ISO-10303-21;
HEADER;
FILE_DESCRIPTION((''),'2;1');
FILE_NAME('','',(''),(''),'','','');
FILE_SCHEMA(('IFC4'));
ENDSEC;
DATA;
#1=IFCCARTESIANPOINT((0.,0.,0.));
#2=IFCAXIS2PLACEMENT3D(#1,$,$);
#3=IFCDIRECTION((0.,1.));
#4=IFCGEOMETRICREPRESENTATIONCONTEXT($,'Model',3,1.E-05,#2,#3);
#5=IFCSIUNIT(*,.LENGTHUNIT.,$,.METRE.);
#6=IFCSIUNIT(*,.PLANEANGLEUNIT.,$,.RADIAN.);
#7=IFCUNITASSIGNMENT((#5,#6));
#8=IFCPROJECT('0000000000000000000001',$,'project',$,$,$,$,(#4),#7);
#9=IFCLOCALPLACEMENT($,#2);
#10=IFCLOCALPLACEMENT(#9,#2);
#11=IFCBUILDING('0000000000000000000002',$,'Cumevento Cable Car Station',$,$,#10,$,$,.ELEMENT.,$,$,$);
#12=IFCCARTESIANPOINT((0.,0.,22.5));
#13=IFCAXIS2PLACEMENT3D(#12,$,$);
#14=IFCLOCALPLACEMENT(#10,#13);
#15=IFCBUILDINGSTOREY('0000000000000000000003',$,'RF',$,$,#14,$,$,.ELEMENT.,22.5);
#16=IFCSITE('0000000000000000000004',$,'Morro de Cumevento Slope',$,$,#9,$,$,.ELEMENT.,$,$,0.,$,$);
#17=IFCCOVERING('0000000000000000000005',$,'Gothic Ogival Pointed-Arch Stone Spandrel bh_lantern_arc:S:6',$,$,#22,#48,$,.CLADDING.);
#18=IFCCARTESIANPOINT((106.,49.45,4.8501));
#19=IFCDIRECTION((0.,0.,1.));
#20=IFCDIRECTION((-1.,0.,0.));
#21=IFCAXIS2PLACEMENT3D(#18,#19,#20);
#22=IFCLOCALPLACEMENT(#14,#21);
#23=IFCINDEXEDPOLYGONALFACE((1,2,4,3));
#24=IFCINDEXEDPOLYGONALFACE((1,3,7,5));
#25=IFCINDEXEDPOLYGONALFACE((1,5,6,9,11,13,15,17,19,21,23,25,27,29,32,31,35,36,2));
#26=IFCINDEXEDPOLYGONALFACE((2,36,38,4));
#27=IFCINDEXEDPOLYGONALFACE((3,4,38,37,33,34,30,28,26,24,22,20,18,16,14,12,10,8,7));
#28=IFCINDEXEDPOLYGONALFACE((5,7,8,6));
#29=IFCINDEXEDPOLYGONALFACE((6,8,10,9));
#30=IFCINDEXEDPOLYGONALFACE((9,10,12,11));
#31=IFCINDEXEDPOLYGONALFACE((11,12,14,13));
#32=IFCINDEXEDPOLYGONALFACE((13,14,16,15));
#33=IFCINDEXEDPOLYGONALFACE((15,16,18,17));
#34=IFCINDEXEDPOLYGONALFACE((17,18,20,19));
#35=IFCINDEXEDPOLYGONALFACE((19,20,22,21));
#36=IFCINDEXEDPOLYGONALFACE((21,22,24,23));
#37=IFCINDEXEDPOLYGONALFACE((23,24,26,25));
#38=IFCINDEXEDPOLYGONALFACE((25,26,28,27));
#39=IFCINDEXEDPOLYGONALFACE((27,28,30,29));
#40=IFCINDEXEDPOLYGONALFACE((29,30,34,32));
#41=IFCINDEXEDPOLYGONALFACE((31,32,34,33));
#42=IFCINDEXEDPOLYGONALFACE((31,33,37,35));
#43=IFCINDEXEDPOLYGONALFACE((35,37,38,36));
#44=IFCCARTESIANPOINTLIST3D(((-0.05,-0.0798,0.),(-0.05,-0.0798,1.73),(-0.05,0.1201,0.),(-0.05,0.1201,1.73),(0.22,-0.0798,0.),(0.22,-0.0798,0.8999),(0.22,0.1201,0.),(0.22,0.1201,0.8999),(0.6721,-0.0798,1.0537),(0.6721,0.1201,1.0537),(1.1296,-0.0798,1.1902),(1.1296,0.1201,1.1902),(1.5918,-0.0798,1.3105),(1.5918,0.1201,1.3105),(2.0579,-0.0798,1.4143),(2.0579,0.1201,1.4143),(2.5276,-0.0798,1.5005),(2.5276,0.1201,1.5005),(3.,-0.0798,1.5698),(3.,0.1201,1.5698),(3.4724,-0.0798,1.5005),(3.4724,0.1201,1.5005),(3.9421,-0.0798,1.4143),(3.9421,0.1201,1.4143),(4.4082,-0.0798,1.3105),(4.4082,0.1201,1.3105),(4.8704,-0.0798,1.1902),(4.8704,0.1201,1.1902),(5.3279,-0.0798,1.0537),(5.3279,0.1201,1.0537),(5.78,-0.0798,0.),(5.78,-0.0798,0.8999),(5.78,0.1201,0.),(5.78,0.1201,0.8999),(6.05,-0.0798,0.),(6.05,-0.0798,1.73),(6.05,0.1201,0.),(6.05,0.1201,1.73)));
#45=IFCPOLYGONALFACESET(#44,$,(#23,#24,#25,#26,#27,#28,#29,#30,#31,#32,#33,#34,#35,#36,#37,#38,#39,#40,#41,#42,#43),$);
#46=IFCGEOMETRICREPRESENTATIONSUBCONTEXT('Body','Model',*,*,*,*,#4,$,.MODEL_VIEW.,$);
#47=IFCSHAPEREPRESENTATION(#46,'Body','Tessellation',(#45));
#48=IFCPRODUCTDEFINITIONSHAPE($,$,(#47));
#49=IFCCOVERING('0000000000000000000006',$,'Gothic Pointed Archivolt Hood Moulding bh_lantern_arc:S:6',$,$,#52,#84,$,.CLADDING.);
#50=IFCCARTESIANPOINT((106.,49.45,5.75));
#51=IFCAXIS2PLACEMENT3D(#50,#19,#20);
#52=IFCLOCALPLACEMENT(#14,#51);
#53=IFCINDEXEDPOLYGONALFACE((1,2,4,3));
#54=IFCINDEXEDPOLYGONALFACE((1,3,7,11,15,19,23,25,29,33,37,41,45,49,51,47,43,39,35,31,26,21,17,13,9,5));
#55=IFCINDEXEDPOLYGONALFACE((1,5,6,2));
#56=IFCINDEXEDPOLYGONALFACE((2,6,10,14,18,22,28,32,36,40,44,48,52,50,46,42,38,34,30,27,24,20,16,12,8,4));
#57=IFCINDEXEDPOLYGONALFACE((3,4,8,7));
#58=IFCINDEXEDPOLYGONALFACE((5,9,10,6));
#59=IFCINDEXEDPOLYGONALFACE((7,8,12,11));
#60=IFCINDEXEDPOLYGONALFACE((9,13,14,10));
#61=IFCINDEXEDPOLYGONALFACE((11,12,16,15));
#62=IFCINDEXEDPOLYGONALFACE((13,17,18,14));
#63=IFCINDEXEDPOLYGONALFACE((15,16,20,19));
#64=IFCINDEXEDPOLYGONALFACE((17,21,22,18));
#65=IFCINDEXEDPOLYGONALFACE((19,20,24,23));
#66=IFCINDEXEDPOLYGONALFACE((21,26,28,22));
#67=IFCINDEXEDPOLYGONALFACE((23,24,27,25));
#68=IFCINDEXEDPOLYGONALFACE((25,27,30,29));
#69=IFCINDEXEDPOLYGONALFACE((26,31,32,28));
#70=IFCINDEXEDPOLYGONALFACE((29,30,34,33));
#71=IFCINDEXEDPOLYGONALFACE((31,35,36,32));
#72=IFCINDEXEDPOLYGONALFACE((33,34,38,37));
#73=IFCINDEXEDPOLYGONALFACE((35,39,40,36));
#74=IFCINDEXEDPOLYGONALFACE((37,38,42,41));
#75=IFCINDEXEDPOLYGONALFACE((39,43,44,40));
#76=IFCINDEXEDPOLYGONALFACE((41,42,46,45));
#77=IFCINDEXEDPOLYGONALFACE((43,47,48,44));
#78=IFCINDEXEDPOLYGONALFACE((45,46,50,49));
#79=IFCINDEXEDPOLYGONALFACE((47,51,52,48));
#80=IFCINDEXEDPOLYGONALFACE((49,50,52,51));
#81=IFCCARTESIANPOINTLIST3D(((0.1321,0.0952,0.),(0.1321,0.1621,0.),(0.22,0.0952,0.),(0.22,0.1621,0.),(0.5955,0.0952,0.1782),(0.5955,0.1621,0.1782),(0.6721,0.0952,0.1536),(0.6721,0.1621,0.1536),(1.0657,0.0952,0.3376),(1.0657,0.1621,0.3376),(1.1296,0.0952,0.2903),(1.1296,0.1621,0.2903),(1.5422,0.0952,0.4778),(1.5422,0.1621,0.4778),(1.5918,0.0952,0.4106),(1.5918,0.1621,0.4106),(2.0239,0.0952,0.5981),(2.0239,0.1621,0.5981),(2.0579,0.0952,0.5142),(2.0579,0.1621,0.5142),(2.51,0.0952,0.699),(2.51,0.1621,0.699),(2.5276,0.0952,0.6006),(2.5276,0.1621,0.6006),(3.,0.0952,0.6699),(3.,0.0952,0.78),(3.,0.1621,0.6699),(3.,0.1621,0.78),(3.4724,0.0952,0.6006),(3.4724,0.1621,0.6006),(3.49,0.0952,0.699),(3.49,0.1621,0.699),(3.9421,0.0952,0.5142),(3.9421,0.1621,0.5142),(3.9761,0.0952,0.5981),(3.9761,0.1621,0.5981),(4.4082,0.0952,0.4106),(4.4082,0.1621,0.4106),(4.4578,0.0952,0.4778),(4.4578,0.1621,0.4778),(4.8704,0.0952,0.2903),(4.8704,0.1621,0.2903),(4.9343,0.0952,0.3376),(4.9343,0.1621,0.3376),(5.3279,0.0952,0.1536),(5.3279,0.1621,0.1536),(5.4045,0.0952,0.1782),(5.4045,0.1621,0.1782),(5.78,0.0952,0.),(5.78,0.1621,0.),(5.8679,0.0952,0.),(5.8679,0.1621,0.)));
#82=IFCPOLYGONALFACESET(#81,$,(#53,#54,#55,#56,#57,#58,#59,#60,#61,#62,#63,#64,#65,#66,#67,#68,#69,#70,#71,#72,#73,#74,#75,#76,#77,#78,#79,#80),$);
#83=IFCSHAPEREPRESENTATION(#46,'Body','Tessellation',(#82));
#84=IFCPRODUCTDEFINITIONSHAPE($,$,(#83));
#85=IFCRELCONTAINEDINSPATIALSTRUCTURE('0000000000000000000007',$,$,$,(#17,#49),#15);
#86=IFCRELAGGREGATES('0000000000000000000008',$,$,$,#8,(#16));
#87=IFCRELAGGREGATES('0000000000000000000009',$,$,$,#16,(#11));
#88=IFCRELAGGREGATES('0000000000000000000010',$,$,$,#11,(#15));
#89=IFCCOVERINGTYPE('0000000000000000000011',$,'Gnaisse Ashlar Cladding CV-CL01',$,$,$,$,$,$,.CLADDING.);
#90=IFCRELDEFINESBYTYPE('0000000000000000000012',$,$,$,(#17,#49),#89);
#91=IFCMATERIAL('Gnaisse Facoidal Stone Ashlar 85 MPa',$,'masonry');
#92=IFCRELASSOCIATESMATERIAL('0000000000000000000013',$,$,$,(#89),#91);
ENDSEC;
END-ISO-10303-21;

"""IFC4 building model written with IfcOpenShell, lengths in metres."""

from ifc_helpers import new_model, si_unit, direction, frame, origin, place, context, subcontext, project, spatial, polyline, outline, extrude, material, type_object, element, save


model = new_model("IFC4")

# Units and contexts
model_context = context("Model", 3, precision=1e-05, world=origin(), true_north=direction((0.0, 1.0)))
body_context = subcontext(model_context, "Body", "Model", "MODEL_VIEW")
ifc_project = project(units=[si_unit("LENGTHUNIT", "METRE"), si_unit("PLANEANGLEUNIT", "RADIAN")], contexts=[model_context])

# Site, building, storey
site_placement = place(None, origin())
site = spatial("IfcSite", under=ifc_project, at=site_placement, Name="Morro de Cumevento Slope", CompositionType="ELEMENT", RefElevation=0.0)
building_placement = place(site_placement, origin())
building = spatial("IfcBuilding", under=site, at=building_placement, Name="Cumevento Cable Car Station", CompositionType="ELEMENT")
storey_placement = place(building_placement, frame((0.0, 0.0, 22.5)))
storey = spatial("IfcBuildingStorey", under=building, at=storey_placement, Name="RF", CompositionType="ELEMENT", Elevation=22.5)

# Coverings
ifc_material_1 = material(Name="Gnaisse Facoidal Stone Ashlar 85 MPa", Category="masonry")
covering_type = type_object("IfcCoveringType", Name="Gnaisse Ashlar Cladding CV-CL01", PredefinedType="CLADDING", material=ifc_material_1)
covering_1_placement = place(storey_placement, frame((106.0, 49.45, 4.8501), z_axis=(0.0, 0.0, 1.0), x_axis=(-1.0, 0.0, 0.0)))
element("IfcCovering", 1, at=covering_1_placement, inside=storey, type_object=covering_type, Name="Gothic Ogival Pointed-Arch Stone Spandrel bh_lantern_arc:S:6", PredefinedType="CLADDING", context=body_context, shape_type="SweptSolid", body=[
    extrude(outline(polyline([(-0.05, 0.0), (-0.05, 1.73), (6.05, 1.73), (6.05, 0.0), (5.78, 0.0), (5.78, 0.8999), (5.3279, 1.0537), (4.8704, 1.1902), (4.4082, 1.3105), (3.9421, 1.4143), (3.4724, 1.5005), (3.0, 1.5698), (2.5276, 1.5005), (2.0579, 1.4143), (1.5918, 1.3105), (1.1296, 1.1902), (0.6721, 1.0537), (0.22, 0.8999), (0.22, 0.0), (-0.05, 0.0)])), frame((0.0, 0.1201, 0.0), z_axis=(0.0, -1.0, 0.0), x_axis=(1.0, 0.0, 0.0)), (0.0, 0.0, 1.0), 0.2),
])
covering_2_placement = place(storey_placement, frame((106.0, 49.45, 5.75), z_axis=(0.0, 0.0, 1.0), x_axis=(-1.0, 0.0, 0.0)))
element("IfcCovering", 2, at=covering_2_placement, inside=storey, type_object=covering_type, Name="Gothic Pointed Archivolt Hood Moulding bh_lantern_arc:S:6", PredefinedType="CLADDING", context=body_context, shape_type="SweptSolid", body=[
    extrude(outline(polyline([(0.22, 0.0), (0.6721, 0.1536), (1.1296, 0.2903), (1.5918, 0.4106), (2.0579, 0.5142), (2.5276, 0.6006), (3.0, 0.6699), (3.4724, 0.6006), (3.9421, 0.5142), (4.4082, 0.4106), (4.8704, 0.2903), (5.3279, 0.1536), (5.78, 0.0), (5.8679, 0.0), (5.4045, 0.1782), (4.9343, 0.3376), (4.4578, 0.4778), (3.9761, 0.5981), (3.49, 0.699), (3.0, 0.78), (2.51, 0.699), (2.0239, 0.5981), (1.5422, 0.4778), (1.0657, 0.3376), (0.5955, 0.1782), (0.1321, 0.0), (0.22, 0.0)])), frame((0.0, 0.1621, 0.0), z_axis=(0.0, -1.0, 0.0), x_axis=(1.0, 0.0, 0.0)), (0.0, 0.0, 1.0), 0.0669),
])

save(model, "model.ifc")
